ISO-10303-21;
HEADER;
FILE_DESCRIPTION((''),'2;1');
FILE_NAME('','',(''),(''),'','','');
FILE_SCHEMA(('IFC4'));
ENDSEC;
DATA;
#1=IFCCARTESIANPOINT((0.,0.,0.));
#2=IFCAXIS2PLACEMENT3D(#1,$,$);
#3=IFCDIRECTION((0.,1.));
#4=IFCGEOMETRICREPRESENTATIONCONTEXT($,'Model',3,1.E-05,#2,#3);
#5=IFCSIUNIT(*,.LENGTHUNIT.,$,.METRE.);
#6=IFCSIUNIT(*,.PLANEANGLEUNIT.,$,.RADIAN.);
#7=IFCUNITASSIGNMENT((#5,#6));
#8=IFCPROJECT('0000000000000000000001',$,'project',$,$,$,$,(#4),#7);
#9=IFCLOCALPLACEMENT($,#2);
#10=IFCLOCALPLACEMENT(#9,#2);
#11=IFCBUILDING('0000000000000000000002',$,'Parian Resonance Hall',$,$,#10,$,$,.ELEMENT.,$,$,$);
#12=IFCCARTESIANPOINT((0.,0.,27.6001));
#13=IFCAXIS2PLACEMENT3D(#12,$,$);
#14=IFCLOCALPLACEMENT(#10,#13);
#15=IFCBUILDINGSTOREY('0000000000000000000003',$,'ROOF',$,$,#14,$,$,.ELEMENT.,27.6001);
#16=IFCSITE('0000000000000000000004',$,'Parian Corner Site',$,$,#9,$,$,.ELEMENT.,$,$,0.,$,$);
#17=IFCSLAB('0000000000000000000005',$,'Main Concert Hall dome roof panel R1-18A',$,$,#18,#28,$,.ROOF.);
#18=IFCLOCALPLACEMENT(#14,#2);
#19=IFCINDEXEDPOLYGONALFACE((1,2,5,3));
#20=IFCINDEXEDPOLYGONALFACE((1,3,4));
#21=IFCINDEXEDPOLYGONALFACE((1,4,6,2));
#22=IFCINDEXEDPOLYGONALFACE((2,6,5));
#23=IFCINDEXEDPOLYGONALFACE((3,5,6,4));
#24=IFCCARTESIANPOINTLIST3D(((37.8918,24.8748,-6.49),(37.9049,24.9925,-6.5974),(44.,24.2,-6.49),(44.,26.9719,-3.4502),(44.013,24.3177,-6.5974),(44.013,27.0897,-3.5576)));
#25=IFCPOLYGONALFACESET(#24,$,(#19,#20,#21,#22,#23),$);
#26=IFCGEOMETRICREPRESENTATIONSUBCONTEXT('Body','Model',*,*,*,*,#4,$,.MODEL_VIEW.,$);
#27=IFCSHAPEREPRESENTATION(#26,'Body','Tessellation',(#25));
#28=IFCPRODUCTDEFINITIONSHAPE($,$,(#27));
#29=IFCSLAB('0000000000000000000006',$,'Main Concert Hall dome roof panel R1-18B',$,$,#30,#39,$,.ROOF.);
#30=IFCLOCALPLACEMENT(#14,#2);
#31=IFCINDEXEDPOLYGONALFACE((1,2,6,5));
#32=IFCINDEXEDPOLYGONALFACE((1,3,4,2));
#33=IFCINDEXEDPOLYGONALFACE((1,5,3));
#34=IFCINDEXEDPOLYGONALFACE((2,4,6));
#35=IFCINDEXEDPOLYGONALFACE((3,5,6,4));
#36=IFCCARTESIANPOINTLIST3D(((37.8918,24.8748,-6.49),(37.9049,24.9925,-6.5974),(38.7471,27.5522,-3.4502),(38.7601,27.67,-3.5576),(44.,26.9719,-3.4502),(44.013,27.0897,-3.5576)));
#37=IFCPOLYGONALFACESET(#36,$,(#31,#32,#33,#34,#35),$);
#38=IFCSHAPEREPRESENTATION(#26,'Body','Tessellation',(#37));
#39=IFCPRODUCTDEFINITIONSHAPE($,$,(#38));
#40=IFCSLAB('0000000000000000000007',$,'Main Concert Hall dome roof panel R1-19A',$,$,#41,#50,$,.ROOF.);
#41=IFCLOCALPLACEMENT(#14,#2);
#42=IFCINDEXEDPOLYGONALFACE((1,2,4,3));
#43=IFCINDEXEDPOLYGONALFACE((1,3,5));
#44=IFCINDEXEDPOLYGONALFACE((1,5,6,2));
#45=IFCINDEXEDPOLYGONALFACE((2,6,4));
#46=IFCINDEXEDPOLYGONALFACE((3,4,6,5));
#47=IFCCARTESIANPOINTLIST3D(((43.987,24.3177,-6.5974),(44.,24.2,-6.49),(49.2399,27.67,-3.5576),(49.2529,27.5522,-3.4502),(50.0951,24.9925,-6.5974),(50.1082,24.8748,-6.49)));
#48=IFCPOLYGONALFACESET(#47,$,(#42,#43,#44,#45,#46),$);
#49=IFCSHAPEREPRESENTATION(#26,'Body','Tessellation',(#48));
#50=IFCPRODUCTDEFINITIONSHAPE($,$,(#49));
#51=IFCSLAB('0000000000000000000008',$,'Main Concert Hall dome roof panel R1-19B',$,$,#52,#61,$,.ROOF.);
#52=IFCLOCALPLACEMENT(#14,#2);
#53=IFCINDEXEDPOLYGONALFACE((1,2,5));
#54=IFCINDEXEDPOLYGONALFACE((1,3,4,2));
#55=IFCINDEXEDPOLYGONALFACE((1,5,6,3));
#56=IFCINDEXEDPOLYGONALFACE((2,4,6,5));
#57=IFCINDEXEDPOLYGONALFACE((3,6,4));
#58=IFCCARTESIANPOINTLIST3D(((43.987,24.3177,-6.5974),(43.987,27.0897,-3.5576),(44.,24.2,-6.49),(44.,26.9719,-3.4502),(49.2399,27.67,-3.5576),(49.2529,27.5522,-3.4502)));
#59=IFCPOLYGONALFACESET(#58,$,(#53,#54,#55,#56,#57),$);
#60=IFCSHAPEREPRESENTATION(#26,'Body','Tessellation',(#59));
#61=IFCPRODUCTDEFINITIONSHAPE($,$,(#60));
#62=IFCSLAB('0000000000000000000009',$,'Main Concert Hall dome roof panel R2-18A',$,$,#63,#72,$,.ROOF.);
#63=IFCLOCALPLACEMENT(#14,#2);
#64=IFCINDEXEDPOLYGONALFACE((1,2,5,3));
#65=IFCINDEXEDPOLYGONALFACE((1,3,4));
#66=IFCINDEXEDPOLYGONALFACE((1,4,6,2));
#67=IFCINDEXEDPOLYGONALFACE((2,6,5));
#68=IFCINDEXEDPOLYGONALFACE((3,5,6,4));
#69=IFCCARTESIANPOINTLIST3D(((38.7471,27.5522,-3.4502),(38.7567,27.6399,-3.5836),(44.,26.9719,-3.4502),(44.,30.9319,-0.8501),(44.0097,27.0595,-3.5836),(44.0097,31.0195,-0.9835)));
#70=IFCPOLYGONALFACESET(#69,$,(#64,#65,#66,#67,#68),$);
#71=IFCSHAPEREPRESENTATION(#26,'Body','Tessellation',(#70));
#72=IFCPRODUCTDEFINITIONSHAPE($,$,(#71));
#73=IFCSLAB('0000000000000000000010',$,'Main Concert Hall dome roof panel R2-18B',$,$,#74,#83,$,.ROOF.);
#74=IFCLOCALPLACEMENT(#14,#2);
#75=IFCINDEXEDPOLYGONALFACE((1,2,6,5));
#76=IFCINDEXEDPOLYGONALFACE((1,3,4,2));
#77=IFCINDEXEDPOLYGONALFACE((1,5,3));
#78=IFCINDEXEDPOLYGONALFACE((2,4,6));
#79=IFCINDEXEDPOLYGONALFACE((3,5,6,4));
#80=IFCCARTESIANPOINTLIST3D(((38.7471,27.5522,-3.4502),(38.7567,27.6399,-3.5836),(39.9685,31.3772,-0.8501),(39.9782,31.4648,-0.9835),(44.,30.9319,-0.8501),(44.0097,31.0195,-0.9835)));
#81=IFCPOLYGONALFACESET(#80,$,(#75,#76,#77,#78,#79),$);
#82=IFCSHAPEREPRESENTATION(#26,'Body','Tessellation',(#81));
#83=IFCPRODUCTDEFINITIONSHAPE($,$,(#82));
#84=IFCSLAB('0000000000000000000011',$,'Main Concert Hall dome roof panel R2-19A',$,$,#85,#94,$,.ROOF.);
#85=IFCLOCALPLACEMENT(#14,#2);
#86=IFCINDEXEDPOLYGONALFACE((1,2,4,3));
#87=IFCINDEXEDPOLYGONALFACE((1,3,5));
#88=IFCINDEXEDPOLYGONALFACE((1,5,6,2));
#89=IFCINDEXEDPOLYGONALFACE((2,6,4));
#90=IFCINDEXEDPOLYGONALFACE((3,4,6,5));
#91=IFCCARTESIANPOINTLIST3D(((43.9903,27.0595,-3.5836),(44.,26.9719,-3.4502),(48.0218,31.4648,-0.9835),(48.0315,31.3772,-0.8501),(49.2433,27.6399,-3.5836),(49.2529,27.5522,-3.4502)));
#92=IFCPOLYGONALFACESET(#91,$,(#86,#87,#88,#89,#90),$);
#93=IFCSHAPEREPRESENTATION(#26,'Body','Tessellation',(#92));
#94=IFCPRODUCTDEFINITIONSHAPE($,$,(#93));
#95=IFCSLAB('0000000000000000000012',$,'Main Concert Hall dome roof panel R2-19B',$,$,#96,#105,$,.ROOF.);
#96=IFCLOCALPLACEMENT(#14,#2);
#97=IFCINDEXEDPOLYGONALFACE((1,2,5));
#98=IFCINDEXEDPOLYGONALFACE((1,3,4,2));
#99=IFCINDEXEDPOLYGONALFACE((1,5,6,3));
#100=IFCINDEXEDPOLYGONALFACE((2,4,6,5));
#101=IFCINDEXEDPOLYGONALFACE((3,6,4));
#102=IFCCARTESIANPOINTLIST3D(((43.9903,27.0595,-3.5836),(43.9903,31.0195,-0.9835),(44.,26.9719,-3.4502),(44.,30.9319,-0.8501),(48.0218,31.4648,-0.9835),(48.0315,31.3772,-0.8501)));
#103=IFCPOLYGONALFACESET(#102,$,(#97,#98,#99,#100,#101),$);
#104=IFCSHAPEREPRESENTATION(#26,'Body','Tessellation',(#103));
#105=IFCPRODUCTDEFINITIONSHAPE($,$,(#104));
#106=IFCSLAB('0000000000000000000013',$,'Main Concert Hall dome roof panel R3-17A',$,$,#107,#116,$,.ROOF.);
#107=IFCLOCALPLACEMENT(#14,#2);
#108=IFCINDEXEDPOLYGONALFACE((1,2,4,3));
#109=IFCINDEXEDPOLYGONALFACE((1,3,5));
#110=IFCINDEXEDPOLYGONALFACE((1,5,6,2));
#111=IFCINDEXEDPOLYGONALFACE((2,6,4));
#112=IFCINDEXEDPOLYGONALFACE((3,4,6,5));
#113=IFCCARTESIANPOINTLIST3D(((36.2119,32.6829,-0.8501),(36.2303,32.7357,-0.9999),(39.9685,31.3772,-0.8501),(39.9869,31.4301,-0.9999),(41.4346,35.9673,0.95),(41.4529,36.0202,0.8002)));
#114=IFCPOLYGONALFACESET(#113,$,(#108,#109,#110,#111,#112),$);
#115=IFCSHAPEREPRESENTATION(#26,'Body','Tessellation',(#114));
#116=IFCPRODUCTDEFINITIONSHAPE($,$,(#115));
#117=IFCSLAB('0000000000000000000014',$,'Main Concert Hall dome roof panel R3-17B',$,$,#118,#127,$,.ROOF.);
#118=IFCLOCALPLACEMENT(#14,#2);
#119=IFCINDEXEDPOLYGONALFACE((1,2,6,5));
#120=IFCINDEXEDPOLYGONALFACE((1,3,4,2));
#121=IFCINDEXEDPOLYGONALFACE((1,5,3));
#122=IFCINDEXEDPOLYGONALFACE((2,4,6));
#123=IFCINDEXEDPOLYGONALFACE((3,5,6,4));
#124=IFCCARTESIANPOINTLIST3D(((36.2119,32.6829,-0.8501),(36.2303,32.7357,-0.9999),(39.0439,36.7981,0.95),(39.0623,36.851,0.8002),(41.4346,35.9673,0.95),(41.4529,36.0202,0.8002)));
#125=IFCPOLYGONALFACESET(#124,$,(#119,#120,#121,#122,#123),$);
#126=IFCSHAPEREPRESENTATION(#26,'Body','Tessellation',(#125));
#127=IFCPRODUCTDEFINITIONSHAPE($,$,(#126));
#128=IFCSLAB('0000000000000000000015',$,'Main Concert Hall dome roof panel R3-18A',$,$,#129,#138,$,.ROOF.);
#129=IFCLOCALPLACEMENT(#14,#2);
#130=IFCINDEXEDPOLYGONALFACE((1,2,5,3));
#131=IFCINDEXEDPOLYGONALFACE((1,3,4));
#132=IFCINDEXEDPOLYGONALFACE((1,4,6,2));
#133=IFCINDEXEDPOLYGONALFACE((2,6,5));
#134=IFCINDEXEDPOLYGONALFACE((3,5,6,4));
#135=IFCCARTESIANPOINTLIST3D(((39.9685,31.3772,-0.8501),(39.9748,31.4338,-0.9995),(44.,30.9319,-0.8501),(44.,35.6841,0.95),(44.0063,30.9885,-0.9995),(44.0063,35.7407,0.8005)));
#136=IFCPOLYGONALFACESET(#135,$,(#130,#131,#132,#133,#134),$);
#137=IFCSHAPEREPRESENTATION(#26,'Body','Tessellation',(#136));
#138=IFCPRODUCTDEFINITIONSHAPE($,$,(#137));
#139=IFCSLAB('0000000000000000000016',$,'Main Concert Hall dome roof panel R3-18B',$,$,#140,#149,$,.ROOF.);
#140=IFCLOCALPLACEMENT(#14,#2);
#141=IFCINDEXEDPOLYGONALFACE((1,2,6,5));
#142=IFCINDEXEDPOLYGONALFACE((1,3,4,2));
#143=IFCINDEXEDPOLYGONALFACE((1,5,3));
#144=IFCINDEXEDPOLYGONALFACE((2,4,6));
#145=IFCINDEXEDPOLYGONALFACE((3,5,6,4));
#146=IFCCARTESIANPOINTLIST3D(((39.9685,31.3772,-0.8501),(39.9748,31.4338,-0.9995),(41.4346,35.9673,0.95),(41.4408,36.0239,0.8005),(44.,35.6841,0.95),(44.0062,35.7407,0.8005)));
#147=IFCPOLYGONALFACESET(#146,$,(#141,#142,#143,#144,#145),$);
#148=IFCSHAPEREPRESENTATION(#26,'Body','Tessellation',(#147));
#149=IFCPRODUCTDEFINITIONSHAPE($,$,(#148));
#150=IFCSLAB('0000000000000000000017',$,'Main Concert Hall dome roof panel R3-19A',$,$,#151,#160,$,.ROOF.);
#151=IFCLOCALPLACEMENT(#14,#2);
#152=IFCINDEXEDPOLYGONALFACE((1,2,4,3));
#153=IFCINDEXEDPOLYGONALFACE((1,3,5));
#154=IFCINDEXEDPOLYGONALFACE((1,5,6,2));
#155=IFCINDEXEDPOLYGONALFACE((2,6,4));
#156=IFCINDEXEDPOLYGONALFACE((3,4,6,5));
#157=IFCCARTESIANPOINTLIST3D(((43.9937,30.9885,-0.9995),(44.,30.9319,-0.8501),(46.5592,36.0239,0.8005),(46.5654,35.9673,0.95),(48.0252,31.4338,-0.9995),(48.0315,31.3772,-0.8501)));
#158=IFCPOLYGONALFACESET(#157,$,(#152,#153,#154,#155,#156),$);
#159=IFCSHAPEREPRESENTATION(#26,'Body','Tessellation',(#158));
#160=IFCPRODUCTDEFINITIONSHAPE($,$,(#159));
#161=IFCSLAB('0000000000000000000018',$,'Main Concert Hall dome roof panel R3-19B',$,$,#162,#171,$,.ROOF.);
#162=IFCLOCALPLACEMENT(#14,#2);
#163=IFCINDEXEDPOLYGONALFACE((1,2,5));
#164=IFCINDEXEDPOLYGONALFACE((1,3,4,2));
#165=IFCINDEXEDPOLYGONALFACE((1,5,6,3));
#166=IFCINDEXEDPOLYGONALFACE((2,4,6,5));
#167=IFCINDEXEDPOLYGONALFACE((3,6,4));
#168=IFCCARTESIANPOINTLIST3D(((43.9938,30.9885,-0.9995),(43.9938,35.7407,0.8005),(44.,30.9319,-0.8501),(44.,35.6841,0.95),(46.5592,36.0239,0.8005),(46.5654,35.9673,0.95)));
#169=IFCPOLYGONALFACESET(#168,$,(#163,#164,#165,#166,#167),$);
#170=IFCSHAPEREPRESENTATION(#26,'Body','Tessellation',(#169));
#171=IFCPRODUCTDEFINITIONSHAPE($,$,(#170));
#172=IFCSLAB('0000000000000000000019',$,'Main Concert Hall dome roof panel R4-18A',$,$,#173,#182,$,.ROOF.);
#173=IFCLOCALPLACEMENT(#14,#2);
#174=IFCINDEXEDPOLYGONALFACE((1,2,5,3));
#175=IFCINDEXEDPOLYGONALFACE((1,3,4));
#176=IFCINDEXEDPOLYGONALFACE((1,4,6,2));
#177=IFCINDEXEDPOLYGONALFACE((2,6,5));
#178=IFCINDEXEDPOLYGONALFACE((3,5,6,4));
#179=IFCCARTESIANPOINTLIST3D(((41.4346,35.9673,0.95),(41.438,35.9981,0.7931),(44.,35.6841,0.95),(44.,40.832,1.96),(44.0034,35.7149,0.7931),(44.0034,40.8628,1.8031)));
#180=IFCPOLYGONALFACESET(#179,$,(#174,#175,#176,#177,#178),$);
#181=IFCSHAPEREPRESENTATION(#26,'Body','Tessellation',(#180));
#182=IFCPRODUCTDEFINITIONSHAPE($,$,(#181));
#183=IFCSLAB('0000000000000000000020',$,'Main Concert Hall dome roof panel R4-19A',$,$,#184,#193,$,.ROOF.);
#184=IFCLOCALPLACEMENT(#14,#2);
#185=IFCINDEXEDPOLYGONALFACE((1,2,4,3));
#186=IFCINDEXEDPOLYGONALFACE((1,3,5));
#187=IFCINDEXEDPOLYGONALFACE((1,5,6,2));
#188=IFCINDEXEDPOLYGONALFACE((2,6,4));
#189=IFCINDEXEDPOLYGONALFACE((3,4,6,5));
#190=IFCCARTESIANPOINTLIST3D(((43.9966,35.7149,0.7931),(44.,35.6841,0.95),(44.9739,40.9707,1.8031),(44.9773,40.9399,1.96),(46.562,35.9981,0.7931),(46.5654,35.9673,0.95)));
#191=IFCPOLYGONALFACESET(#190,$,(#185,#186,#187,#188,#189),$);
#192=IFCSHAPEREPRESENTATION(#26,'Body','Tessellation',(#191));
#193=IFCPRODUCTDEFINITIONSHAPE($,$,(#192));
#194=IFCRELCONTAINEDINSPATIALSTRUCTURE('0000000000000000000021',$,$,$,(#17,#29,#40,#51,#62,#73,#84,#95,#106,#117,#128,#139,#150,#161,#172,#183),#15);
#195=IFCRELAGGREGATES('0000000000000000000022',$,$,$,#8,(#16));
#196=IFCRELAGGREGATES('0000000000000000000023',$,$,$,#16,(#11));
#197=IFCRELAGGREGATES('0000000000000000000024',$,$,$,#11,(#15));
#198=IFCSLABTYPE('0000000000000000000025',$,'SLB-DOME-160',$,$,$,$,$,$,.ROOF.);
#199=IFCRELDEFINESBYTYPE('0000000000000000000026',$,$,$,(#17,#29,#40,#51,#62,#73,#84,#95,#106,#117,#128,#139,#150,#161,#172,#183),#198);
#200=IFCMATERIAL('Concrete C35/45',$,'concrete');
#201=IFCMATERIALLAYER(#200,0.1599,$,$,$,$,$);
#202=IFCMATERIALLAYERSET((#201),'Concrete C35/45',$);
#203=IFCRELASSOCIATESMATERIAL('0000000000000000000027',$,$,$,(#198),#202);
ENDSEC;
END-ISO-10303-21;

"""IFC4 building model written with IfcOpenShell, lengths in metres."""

from ifc_helpers import new_model, si_unit, direction, frame, origin, place, context, subcontext, project, spatial, polyline, outline, extrude, material, layer, layer_set, type_object, element, save


model = new_model("IFC4")

# Units and contexts
model_context = context("Model", 3, precision=1e-05, world=origin(), true_north=direction((0.0, 1.0)))
body_context = subcontext(model_context, "Body", "Model", "MODEL_VIEW")
ifc_project = project(units=[si_unit("LENGTHUNIT", "METRE"), si_unit("PLANEANGLEUNIT", "RADIAN")], contexts=[model_context])

# Site, building, storey
site_placement = place(None, origin())
site = spatial("IfcSite", under=ifc_project, at=site_placement, Name="Parian Corner Site", CompositionType="ELEMENT", RefElevation=0.0)
building_placement = place(site_placement, origin())
building = spatial("IfcBuilding", under=site, at=building_placement, Name="Parian Resonance Hall", CompositionType="ELEMENT")
storey_placement = place(building_placement, frame((0.0, 0.0, 27.6001)))
storey = spatial("IfcBuildingStorey", under=building, at=storey_placement, Name="ROOF", CompositionType="ELEMENT", Elevation=27.6001)

# Slabs
ifc_material_1 = material(Name="Concrete C35/45", Category="concrete")
ifc_layer_1 = layer(ifc_material_1, 0.1599)
ifc_layer_set_1 = layer_set([ifc_layer_1], Name="Concrete C35/45")
slab_type = type_object("IfcSlabType", Name="SLB-DOME-160", PredefinedType="ROOF", material=ifc_layer_set_1)
slab_1_placement = place(storey_placement, frame((37.8918, 24.8748, -6.49), z_axis=(-0.081361, -0.736458, 0.671572), x_axis=(0.993953, -0.109808, 0.0)))
element("IfcSlab", 1, at=slab_1_placement, inside=storey, type_object=slab_type, Name="Main Concert Hall dome roof panel R1-18A", PredefinedType="ROOF", context=body_context, shape_type="SweptSolid", body=[
    extrude(outline(polyline([(0.0, 0.0), (6.1453, 0.0), (5.8409, 4.1026), (0.0, 0.0)])), origin(), (0.0, 0.0, -1.0), 0.1599),
])
slab_2_placement = place(storey_placement, frame((37.8918, 24.8748, -6.49), z_axis=(-0.081361, -0.736458, 0.671572), x_axis=(0.855749, 0.293812, 0.425874)))
element("IfcSlab", 2, at=slab_2_placement, inside=storey, type_object=slab_type, Name="Main Concert Hall dome roof panel R1-18B", PredefinedType="ROOF", context=body_context, shape_type="SweptSolid", body=[
    extrude(outline(polyline([(0.0, 0.0), (7.1378, 0.0), (2.8131, 3.0376), (0.0, 0.0)])), origin(), (0.0, 0.0, -1.0), 0.1599),
])
slab_3_placement = place(storey_placement, frame((44.0, 24.2, -6.49), z_axis=(0.081361, -0.736458, 0.671572), x_axis=(0.993953, 0.109808, 0.0)))
element("IfcSlab", 3, at=slab_3_placement, inside=storey, type_object=slab_type, Name="Main Concert Hall dome roof panel R1-19A", PredefinedType="ROOF", context=body_context, shape_type="SweptSolid", body=[
    extrude(outline(polyline([(0.0, 0.0), (6.1453, 0.0), (5.5893, 4.1026), (0.0, 0.0)])), origin(), (0.0, 0.0, -1.0), 0.1599),
])
slab_4_placement = place(storey_placement, frame((44.0, 24.2, -6.49), z_axis=(0.081361, -0.736458, 0.671572), x_axis=(0.757631, 0.483502, 0.43843)))
element("IfcSlab", 4, at=slab_4_placement, inside=storey, type_object=slab_type, Name="Main Concert Hall dome roof panel R1-19B", PredefinedType="ROOF", context=body_context, shape_type="SweptSolid", body=[
    extrude(outline(polyline([(0.0, 0.0), (6.9334, 0.0), (2.673, 3.1272), (0.0, 0.0)])), origin(), (0.0, 0.0, -1.0), 0.1599),
])
slab_5_placement = place(storey_placement, frame((38.7471, 27.5522, -3.4502), z_axis=(-0.060525, -0.547853, 0.834382), x_axis=(0.993953, -0.109808, 0.0)))
element("IfcSlab", 5, at=slab_5_placement, inside=storey, type_object=slab_type, Name="Main Concert Hall dome roof panel R2-18A", PredefinedType="ROOF", context=body_context, shape_type="SweptSolid", body=[
    extrude(outline(polyline([(0.0, 0.0), (5.2849, 0.0), (4.8501, 4.7173), (0.0, 0.0)])), origin(), (0.0, 0.0, -1.0), 0.1599),
])
slab_6_placement = place(storey_placement, frame((38.7471, 27.5522, -3.4502), z_axis=(-0.060516, -0.547862, 0.834377), x_axis=(0.776397, 0.49952, 0.384301)))
element("IfcSlab", 6, at=slab_6_placement, inside=storey, type_object=slab_type, Name="Main Concert Hall dome roof panel R2-18B", PredefinedType="ROOF", context=body_context, shape_type="SweptSolid", body=[
    extrude(outline(polyline([(0.0, 0.0), (6.7658, 0.0), (3.8582, 2.8279), (0.0, 0.0)])), origin(), (0.0, 0.0, -1.0), 0.1599),
])
slab_7_placement = place(storey_placement, frame((44.0, 26.9719, -3.4502), z_axis=(0.060525, -0.54786, 0.834378), x_axis=(0.993953, 0.109808, 0.0)))
element("IfcSlab", 7, at=slab_7_placement, inside=storey, type_object=slab_type, Name="Main Concert Hall dome roof panel R2-19A", PredefinedType="ROOF", context=body_context, shape_type="SweptSolid", body=[
    extrude(outline(polyline([(0.0, 0.0), (5.2849, 0.0), (4.4908, 4.7172), (0.0, 0.0)])), origin(), (0.0, 0.0, -1.0), 0.1599),
])
slab_8_placement = place(storey_placement, frame((44.0, 26.9719, -3.4502), z_axis=(0.060515, -0.547853, 0.834383), x_axis=(0.618987, 0.676376, 0.399213)))
element("IfcSlab", 8, at=slab_8_placement, inside=storey, type_object=slab_type, Name="Main Concert Hall dome roof panel R2-19B", PredefinedType="ROOF", context=body_context, shape_type="SweptSolid", body=[
    extrude(outline(polyline([(0.0, 0.0), (6.5131, 0.0), (3.7164, 2.9377), (0.0, 0.0)])), origin(), (0.0, 0.0, -1.0), 0.1599),
])
slab_9_placement = place(storey_placement, frame((36.2119, 32.6829, -0.8501), z_axis=(-0.114921, -0.330644, 0.936733), x_axis=(0.944573, -0.328302, 0.0)))
element("IfcSlab", 9, at=slab_9_placement, inside=storey, type_object=slab_type, Name="Main Concert Hall dome roof panel R3-17A", PredefinedType="ROOF", context=body_context, shape_type="SweptSolid", body=[
    extrude(outline(polyline([(0.0, 0.0), (3.977, 0.0), (3.8549, 5.1423), (0.0, 0.0)])), origin(), (0.0, 0.0, -1.0), 0.1599),
])
slab_10_placement = place(storey_placement, frame((36.2119, 32.6829, -0.8501), z_axis=(-0.114912, -0.330655, 0.93673), x_axis=(0.812637, 0.511051, 0.280085)))
element("IfcSlab", 10, at=slab_10_placement, inside=storey, type_object=slab_type, Name="Main Concert Hall dome roof panel R3-17B", PredefinedType="ROOF", context=body_context, shape_type="SweptSolid", body=[
    extrude(outline(polyline([(0.0, 0.0), (6.4268, 0.0), (4.9087, 2.025), (0.0, 0.0)])), origin(), (0.0, 0.0, -1.0), 0.1599),
])
slab_11_placement = place(storey_placement, frame((39.9685, 31.3772, -0.8501), z_axis=(-0.039097, -0.353952, 0.934446), x_axis=(0.993955, -0.109791, 0.0)))
element("IfcSlab", 11, at=slab_11_placement, inside=storey, type_object=slab_type, Name="Main Concert Hall dome roof panel R3-18A", PredefinedType="ROOF", context=body_context, shape_type="SweptSolid", body=[
    extrude(outline(polyline([(0.0, 0.0), (4.056, 0.0), (3.5343, 5.0548), (0.0, 0.0)])), origin(), (0.0, 0.0, -1.0), 0.1599),
])
slab_12_placement = place(storey_placement, frame((39.9685, 31.3772, -0.8501), z_axis=(-0.039075, -0.353969, 0.93444), x_axis=(0.65363, 0.69828, 0.291844)))
element("IfcSlab", 12, at=slab_12_placement, inside=storey, type_object=slab_type, Name="Main Concert Hall dome roof panel R3-18B", PredefinedType="ROOF", context=body_context, shape_type="SweptSolid", body=[
    extrude(outline(polyline([(0.0, 0.0), (6.1679, 0.0), (4.6888, 2.1152), (0.0, 0.0)])), origin(), (0.0, 0.0, -1.0), 0.1599),
])
slab_13_placement = place(storey_placement, frame((44.0, 30.9319, -0.8501), z_axis=(0.039098, -0.353963, 0.934442), x_axis=(0.993955, 0.109791, 0.0)))
element("IfcSlab", 13, at=slab_13_placement, inside=storey, type_object=slab_type, Name="Main Concert Hall dome roof panel R3-19A", PredefinedType="ROOF", context=body_context, shape_type="SweptSolid", body=[
    extrude(outline(polyline([(0.0, 0.0), (4.056, 0.0), (3.1028, 5.0547), (0.0, 0.0)])), origin(), (0.0, 0.0, -1.0), 0.1599),
])
slab_14_placement = place(storey_placement, frame((44.0, 30.9319, -0.8501), z_axis=(0.039074, -0.353952, 0.934447), x_axis=(0.432545, 0.848996, 0.303498)))
element("IfcSlab", 14, at=slab_14_placement, inside=storey, type_object=slab_type, Name="Main Concert Hall dome roof panel R3-19B", PredefinedType="ROOF", context=body_context, shape_type="SweptSolid", body=[
    extrude(outline(polyline([(0.0, 0.0), (5.931, 0.0), (4.5809, 2.1997), (0.0, 0.0)])), origin(), (0.0, 0.0, -1.0), 0.1599),
])
slab_15_placement = place(storey_placement, frame((41.4346, 35.9673, 0.95), z_axis=(-0.021249, -0.192483, 0.98107), x_axis=(0.993962, -0.109726, 0.0)))
element("IfcSlab", 15, at=slab_15_placement, inside=storey, type_object=slab_type, Name="Main Concert Hall dome roof panel R4-18A", PredefinedType="ROOF", context=body_context, shape_type="SweptSolid", body=[
    extrude(outline(polyline([(0.0, 0.0), (2.581, 0.0), (2.0162, 5.2156), (0.0, 0.0)])), origin(), (0.0, 0.0, -1.0), 0.1599),
])
slab_16_placement = place(storey_placement, frame((44.0, 35.6841, 0.95), z_axis=(0.021248, -0.192482, 0.98107), x_axis=(0.993962, 0.109726, 0.0)))
element("IfcSlab", 16, at=slab_16_placement, inside=storey, type_object=slab_type, Name="Main Concert Hall dome roof panel R4-19A", PredefinedType="ROOF", context=body_context, shape_type="SweptSolid", body=[
    extrude(outline(polyline([(0.0, 0.0), (2.581, 0.0), (1.5481, 5.2156), (0.0, 0.0)])), origin(), (0.0, 0.0, -1.0), 0.1599),
])

save(model, "model.ifc")
